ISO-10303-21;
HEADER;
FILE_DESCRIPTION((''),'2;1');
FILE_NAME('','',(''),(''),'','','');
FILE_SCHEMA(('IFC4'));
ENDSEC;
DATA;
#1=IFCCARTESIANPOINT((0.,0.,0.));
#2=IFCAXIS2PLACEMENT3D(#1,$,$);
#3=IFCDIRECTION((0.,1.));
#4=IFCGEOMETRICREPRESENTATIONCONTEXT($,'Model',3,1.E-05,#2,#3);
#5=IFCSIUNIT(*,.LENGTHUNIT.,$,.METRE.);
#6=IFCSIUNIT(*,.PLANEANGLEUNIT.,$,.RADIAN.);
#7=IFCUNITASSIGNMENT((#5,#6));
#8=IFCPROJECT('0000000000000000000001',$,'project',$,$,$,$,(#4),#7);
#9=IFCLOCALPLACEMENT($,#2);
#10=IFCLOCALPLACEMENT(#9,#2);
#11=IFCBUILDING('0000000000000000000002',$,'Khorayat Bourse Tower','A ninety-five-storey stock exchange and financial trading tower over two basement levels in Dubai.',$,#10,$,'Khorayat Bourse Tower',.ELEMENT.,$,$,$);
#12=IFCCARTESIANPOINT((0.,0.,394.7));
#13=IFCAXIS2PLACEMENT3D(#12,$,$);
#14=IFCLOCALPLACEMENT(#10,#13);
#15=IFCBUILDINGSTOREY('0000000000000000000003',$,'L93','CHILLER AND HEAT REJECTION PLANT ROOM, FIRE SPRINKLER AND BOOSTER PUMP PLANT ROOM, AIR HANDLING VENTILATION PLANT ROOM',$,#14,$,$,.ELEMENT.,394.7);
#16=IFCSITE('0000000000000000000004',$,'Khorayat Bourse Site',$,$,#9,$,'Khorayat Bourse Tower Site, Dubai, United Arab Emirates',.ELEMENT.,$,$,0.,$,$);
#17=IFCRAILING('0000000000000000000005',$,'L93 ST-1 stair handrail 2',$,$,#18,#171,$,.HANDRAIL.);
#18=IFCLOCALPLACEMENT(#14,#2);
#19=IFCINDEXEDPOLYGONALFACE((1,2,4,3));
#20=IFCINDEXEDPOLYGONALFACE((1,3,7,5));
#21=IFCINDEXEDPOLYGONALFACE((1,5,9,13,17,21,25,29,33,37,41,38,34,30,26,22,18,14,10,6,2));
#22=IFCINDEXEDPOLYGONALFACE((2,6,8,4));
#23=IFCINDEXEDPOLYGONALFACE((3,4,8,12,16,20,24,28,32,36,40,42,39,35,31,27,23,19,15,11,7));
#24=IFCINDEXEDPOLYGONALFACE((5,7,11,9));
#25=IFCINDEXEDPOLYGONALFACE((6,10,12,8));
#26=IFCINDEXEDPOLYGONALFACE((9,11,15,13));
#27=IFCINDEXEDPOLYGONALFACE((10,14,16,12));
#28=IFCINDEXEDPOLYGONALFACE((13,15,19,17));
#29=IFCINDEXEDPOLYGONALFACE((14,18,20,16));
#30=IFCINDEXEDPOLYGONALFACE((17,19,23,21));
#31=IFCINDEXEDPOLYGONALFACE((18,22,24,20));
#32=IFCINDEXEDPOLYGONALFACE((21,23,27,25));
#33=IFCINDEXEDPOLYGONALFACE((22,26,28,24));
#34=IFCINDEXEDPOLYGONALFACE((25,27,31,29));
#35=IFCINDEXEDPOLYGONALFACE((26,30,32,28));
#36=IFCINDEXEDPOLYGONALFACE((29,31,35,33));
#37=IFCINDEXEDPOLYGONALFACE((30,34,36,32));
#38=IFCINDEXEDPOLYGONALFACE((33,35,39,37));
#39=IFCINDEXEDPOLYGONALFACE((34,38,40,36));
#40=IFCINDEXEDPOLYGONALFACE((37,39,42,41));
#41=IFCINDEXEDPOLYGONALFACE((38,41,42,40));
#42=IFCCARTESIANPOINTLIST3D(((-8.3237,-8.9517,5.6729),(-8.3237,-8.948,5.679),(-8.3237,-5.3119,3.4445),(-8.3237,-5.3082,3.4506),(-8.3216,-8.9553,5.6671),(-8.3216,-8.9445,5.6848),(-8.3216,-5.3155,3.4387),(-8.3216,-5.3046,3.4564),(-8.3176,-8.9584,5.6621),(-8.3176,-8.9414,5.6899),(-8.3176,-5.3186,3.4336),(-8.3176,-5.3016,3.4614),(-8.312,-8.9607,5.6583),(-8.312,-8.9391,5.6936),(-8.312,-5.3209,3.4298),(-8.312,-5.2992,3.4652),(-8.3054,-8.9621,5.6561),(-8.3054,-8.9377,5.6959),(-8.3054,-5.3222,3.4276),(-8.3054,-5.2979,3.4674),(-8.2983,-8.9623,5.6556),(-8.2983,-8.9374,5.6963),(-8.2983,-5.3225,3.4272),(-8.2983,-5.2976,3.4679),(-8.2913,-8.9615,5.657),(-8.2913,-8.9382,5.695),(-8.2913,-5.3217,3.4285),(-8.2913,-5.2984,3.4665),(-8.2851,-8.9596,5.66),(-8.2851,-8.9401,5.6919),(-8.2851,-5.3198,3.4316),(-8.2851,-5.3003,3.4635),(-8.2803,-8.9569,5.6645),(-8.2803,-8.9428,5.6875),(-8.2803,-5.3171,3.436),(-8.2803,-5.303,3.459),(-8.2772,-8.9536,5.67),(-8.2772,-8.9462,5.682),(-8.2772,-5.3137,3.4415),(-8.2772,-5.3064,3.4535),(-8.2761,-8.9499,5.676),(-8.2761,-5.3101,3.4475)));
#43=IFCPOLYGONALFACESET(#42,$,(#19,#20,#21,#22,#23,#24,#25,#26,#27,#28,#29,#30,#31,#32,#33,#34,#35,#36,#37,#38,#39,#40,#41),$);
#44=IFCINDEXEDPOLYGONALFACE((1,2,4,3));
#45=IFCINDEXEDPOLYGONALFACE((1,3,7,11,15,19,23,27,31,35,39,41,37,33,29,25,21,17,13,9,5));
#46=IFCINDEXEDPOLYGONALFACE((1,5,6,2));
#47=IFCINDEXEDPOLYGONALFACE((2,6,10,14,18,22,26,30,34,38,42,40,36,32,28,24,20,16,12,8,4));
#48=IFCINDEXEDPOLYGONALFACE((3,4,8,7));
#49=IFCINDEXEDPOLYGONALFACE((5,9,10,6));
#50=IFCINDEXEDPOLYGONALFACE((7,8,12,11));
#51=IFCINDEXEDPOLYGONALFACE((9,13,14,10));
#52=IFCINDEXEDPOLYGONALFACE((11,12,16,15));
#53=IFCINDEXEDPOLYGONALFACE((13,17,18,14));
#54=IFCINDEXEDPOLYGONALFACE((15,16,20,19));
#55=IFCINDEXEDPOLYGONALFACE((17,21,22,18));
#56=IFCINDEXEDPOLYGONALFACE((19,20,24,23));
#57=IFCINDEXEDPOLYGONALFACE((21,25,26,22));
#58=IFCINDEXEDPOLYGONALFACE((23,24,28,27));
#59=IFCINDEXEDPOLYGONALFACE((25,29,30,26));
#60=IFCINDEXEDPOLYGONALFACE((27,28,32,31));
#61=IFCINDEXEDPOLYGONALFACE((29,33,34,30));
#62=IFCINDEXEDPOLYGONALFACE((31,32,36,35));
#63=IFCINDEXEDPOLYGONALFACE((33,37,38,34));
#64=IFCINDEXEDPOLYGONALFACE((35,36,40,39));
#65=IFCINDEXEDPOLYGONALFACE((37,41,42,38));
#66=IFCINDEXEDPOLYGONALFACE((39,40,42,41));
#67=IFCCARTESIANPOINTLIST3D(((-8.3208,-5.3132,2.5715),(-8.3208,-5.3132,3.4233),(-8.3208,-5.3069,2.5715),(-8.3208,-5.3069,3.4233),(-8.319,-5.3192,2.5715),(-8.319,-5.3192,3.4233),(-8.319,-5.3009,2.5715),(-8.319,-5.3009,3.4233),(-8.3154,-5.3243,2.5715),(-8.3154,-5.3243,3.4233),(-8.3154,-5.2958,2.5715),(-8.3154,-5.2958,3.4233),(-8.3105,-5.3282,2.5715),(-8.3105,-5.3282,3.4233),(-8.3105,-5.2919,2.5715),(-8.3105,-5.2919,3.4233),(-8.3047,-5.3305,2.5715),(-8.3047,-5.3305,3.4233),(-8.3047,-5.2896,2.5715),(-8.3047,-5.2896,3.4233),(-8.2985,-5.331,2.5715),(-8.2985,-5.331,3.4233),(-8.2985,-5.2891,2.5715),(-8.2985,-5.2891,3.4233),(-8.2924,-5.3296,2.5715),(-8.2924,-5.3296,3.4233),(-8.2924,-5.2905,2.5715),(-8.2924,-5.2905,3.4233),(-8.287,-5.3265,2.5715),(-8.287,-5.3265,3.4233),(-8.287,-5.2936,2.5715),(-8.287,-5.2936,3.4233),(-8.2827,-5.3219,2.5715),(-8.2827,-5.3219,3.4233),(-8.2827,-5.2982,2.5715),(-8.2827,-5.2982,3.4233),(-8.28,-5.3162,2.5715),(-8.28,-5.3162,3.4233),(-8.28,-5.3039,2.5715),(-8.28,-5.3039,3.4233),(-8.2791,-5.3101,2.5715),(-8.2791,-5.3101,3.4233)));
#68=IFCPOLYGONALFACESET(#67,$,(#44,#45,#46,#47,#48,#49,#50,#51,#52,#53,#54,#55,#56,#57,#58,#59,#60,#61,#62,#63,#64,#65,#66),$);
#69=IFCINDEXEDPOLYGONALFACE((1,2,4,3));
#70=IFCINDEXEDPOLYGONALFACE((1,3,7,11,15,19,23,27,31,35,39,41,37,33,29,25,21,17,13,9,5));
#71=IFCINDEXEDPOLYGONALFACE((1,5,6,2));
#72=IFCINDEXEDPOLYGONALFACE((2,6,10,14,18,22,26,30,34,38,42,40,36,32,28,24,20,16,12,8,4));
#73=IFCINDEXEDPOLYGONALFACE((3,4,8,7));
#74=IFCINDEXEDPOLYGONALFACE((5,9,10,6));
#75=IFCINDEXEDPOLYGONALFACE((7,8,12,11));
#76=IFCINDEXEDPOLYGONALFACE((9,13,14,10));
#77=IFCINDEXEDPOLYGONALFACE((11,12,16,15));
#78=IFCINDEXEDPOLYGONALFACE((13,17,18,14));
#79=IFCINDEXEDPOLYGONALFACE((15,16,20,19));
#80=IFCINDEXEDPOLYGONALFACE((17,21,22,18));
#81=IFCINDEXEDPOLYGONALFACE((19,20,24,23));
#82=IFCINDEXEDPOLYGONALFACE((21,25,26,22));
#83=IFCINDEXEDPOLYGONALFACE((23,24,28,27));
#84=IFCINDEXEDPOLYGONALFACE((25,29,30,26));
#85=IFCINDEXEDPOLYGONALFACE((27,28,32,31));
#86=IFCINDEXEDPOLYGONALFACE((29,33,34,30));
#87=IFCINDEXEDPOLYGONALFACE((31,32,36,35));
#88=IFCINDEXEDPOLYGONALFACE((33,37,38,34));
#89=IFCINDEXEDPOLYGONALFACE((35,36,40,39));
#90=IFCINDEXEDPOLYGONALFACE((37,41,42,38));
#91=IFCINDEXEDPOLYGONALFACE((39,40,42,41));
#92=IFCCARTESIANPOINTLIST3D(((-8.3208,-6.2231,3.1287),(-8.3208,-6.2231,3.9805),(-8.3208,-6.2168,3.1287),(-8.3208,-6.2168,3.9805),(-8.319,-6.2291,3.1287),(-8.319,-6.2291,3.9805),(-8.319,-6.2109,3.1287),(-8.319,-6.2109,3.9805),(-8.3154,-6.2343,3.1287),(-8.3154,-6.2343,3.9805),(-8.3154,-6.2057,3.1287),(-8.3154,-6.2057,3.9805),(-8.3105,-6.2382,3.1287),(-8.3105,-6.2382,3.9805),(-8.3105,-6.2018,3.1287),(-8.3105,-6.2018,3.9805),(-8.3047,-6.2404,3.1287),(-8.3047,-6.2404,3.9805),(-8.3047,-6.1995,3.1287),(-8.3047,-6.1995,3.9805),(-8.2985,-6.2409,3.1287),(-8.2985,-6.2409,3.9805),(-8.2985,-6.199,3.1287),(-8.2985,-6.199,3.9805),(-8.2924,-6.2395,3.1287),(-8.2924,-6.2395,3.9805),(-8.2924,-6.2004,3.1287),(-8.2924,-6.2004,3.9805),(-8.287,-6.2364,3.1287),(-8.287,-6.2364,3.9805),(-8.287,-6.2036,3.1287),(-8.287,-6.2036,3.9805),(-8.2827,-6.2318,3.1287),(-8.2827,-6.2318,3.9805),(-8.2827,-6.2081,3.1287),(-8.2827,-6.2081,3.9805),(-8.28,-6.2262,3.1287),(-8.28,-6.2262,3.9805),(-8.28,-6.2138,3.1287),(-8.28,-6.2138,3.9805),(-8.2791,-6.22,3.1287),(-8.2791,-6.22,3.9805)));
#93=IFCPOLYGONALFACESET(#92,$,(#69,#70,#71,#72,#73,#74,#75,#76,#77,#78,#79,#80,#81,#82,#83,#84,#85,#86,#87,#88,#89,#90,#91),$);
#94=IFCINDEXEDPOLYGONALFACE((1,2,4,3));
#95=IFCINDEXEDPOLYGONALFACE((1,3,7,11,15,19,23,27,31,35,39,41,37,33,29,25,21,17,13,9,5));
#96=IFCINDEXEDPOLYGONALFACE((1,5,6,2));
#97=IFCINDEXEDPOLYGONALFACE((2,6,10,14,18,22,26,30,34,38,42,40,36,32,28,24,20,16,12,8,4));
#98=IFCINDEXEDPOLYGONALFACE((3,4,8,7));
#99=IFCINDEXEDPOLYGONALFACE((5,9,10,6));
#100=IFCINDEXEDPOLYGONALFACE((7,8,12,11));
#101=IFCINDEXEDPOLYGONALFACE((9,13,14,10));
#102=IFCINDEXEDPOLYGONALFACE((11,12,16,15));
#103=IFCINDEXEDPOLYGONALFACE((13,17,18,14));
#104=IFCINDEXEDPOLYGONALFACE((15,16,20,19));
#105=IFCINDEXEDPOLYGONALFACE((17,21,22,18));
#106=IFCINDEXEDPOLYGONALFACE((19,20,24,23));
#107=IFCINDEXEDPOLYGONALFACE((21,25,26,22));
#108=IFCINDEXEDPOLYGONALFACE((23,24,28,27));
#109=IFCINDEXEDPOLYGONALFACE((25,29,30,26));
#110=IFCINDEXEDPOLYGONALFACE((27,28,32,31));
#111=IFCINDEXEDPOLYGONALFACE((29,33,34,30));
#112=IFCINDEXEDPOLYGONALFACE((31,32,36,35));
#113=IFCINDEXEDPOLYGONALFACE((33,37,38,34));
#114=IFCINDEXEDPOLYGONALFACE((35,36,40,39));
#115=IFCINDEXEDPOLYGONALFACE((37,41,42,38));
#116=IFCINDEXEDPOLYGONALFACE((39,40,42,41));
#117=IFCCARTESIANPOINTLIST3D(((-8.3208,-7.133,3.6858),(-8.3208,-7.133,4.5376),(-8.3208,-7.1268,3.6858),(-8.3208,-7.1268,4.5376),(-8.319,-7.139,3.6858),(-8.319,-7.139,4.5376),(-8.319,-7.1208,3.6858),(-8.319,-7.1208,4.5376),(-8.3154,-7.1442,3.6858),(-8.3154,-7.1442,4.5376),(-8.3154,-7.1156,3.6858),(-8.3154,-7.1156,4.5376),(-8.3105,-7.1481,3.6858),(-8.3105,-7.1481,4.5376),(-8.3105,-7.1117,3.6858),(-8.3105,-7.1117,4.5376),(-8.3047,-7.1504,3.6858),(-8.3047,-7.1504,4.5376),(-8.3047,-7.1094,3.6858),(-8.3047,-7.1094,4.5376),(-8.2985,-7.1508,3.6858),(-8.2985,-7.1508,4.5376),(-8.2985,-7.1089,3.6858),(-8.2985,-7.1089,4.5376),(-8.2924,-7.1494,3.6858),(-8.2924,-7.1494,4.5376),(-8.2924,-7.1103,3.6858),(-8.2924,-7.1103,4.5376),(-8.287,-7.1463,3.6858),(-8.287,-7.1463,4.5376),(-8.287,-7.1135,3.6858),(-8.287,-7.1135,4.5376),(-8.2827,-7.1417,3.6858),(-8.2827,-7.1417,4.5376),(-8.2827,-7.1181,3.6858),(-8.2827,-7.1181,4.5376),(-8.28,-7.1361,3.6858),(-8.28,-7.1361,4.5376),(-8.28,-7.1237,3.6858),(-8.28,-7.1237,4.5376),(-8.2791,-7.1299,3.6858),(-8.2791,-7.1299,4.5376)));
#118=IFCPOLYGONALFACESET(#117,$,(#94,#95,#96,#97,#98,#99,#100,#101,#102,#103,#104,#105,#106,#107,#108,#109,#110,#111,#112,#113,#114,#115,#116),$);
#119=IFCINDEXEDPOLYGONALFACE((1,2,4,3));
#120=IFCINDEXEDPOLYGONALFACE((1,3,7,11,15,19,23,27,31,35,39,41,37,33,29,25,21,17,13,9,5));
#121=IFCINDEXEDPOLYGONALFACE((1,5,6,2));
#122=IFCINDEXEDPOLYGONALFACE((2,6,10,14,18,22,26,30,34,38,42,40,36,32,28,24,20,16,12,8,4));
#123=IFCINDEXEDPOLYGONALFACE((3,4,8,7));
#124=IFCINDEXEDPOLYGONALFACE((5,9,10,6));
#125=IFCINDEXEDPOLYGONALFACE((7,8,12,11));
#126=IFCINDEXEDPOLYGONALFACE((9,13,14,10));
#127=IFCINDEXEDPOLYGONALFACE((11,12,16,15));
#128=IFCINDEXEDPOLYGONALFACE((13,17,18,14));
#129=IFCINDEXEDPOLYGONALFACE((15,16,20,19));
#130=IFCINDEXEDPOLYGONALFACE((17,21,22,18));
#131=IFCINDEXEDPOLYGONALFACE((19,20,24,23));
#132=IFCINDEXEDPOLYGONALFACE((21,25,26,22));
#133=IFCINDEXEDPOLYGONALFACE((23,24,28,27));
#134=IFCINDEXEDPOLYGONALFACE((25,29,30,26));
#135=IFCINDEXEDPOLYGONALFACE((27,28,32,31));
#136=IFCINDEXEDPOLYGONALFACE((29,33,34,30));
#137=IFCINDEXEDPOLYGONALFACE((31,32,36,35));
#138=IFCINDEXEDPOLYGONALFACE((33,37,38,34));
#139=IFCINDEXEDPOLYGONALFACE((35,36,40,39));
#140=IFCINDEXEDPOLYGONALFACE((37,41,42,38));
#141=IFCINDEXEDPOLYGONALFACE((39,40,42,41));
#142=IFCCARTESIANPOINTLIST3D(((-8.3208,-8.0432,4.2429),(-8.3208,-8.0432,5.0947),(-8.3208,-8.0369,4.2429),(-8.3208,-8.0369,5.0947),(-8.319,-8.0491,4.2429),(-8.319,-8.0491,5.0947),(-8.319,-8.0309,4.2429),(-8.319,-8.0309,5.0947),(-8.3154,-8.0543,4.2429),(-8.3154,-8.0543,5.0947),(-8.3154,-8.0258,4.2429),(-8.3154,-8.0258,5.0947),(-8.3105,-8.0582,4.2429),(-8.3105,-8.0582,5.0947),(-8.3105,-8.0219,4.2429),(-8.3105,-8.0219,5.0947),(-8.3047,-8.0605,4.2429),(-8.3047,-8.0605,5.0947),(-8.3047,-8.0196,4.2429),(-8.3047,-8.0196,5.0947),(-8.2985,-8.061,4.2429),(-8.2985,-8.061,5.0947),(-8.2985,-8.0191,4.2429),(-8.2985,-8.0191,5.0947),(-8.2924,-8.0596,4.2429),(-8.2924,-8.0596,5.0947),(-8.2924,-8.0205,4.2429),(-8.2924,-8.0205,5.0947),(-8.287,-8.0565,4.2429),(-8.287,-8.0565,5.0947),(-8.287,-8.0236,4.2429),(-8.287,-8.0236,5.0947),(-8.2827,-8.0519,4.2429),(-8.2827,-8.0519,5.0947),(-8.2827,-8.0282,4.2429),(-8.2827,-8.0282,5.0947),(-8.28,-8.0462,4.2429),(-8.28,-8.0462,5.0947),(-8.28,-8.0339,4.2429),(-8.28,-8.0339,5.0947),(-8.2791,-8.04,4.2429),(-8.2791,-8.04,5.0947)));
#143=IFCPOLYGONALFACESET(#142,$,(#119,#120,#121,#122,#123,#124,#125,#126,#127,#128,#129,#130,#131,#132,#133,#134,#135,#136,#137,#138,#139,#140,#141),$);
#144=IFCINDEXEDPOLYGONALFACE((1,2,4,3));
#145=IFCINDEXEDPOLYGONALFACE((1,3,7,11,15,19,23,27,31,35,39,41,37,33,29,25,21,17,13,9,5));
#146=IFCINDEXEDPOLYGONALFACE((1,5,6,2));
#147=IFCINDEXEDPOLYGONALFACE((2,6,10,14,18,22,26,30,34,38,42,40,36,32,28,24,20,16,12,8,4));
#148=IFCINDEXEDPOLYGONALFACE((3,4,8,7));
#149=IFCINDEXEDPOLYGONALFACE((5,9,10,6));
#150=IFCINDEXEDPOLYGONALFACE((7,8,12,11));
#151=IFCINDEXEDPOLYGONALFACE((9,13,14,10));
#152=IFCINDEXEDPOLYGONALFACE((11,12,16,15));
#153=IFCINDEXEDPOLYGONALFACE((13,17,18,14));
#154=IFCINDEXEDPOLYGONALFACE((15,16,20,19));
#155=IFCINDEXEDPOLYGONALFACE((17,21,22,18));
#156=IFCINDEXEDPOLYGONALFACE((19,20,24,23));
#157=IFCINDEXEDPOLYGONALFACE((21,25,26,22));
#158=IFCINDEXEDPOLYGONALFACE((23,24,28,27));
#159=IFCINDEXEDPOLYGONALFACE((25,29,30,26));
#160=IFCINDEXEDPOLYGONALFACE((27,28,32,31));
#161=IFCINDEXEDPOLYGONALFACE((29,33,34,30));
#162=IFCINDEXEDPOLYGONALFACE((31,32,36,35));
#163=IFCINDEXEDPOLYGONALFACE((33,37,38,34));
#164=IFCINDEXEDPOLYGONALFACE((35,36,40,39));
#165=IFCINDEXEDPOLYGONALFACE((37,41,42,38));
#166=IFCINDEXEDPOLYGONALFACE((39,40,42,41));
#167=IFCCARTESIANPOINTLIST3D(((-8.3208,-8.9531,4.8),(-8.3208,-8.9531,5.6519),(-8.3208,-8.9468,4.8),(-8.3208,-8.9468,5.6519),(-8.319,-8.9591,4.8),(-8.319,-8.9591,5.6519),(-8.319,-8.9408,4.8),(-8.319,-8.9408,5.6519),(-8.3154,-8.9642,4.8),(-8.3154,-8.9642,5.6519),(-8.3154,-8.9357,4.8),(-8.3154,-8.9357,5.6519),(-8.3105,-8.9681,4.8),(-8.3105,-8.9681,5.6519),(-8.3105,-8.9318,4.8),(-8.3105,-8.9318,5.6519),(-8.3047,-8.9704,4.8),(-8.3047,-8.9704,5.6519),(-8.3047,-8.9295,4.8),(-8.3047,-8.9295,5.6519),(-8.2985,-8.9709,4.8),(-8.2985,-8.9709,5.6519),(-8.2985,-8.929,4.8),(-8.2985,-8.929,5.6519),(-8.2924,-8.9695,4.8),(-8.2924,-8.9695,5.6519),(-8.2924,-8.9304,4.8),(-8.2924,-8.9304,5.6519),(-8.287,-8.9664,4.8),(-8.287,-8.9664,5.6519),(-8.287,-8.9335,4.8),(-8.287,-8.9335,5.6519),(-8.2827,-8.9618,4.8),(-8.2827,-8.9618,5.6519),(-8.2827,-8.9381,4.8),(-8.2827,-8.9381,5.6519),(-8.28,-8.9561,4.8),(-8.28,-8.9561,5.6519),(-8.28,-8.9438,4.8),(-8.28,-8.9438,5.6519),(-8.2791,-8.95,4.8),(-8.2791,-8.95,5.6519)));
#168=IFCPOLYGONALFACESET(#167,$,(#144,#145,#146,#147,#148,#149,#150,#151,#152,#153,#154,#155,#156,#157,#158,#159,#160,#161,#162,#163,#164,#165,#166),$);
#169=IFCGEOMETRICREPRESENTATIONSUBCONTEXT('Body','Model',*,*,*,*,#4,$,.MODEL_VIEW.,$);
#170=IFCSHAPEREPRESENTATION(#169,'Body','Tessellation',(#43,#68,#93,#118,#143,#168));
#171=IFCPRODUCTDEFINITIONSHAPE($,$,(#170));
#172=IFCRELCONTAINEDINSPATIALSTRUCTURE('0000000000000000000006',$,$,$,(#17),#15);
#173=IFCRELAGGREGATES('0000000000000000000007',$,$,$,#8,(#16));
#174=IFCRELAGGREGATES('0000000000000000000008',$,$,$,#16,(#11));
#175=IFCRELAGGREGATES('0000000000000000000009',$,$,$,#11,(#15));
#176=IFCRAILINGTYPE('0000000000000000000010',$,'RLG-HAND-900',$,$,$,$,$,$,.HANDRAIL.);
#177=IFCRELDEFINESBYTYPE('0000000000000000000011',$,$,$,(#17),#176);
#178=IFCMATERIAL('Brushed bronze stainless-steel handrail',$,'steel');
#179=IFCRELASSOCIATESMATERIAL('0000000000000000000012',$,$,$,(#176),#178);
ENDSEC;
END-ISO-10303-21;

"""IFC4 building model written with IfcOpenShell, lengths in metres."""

from ifc_helpers import new_model, si_unit, direction, frame, origin, origin_2d, place, context, subcontext, project, spatial, circle, extrude, source, transform, mapped, material, type_object, element, save


model = new_model("IFC4")

# Units and contexts
model_context = context("Model", 3, precision=1e-05, world=origin(), true_north=direction((0.0, 1.0)))
body_context = subcontext(model_context, "Body", "Model", "MODEL_VIEW")
ifc_project = project(units=[si_unit("LENGTHUNIT", "METRE"), si_unit("PLANEANGLEUNIT", "RADIAN")], contexts=[model_context])

# Site, building, storey
site_placement = place(None, origin())
site = spatial("IfcSite", under=ifc_project, at=site_placement, Name="Khorayat Bourse Site", LongName="Khorayat Bourse Tower Site, Dubai, United Arab Emirates", CompositionType="ELEMENT", RefElevation=0.0)
building_placement = place(site_placement, origin())
building = spatial("IfcBuilding", under=site, at=building_placement, Name="Khorayat Bourse Tower", Description="A ninety-five-storey stock exchange and financial trading tower over two basement levels in Dubai.", LongName="Khorayat Bourse Tower", CompositionType="ELEMENT")
storey_placement = place(building_placement, frame((0.0, 0.0, 394.7)))
storey = spatial("IfcBuildingStorey", under=building, at=storey_placement, Name="L93", Description="CHILLER AND HEAT REJECTION PLANT ROOM, FIRE SPRINKLER AND BOOSTER PUMP PLANT ROOM, AIR HANDLING VENTILATION PLANT ROOM", CompositionType="ELEMENT", Elevation=394.7)

# Railing
ifc_material_1 = material(Name="Brushed bronze stainless-steel handrail", Category="steel")
railing_type_1 = type_object("IfcRailingType", Name="RLG-HAND-900", PredefinedType="HANDRAIL", material=ifc_material_1)
shared_shape_1 = source(origin(), body_context, "Body", "SweptSolid", [
    extrude(circle(Radius=0.0239, at=origin_2d()), frame((0.0, 0.0, 0.876), z_axis=(0.0, -0.85285, 0.522156), x_axis=(1.0, 0.0, 0.0)), (0.0, 0.0, 1.0), 4.2678),
    extrude(circle(Radius=0.021, at=origin_2d()), origin(), (0.0, 0.0, 1.0), 0.8518),
    extrude(circle(Radius=0.021, at=origin_2d()), frame((0.0, -0.9099, 0.5571)), (0.0, 0.0, 1.0), 0.8518),
    extrude(circle(Radius=0.021, at=origin_2d()), frame((0.0, -1.8198, 1.1143)), (0.0, 0.0, 1.0), 0.8518),
    extrude(circle(Radius=0.021, at=origin_2d()), frame((0.0, -2.73, 1.6714)), (0.0, 0.0, 1.0), 0.8518),
    extrude(circle(Radius=0.021, at=origin_2d()), frame((0.0, -3.6399, 2.2285)), (0.0, 0.0, 1.0), 0.8518),
])
railing_1_placement = place(storey_placement, frame((-8.3, -5.3101, 2.5715)))
element("IfcRailing", 1, at=railing_1_placement, inside=storey, type_object=railing_type_1, Name="L93 ST-1 stair handrail 2", PredefinedType="HANDRAIL", context=body_context, shape_type="MappedRepresentation", body=[
    mapped(shared_shape_1, transform((0.0, 0.0, 0.0), scale=1.0)),
])

save(model, "model.ifc")
